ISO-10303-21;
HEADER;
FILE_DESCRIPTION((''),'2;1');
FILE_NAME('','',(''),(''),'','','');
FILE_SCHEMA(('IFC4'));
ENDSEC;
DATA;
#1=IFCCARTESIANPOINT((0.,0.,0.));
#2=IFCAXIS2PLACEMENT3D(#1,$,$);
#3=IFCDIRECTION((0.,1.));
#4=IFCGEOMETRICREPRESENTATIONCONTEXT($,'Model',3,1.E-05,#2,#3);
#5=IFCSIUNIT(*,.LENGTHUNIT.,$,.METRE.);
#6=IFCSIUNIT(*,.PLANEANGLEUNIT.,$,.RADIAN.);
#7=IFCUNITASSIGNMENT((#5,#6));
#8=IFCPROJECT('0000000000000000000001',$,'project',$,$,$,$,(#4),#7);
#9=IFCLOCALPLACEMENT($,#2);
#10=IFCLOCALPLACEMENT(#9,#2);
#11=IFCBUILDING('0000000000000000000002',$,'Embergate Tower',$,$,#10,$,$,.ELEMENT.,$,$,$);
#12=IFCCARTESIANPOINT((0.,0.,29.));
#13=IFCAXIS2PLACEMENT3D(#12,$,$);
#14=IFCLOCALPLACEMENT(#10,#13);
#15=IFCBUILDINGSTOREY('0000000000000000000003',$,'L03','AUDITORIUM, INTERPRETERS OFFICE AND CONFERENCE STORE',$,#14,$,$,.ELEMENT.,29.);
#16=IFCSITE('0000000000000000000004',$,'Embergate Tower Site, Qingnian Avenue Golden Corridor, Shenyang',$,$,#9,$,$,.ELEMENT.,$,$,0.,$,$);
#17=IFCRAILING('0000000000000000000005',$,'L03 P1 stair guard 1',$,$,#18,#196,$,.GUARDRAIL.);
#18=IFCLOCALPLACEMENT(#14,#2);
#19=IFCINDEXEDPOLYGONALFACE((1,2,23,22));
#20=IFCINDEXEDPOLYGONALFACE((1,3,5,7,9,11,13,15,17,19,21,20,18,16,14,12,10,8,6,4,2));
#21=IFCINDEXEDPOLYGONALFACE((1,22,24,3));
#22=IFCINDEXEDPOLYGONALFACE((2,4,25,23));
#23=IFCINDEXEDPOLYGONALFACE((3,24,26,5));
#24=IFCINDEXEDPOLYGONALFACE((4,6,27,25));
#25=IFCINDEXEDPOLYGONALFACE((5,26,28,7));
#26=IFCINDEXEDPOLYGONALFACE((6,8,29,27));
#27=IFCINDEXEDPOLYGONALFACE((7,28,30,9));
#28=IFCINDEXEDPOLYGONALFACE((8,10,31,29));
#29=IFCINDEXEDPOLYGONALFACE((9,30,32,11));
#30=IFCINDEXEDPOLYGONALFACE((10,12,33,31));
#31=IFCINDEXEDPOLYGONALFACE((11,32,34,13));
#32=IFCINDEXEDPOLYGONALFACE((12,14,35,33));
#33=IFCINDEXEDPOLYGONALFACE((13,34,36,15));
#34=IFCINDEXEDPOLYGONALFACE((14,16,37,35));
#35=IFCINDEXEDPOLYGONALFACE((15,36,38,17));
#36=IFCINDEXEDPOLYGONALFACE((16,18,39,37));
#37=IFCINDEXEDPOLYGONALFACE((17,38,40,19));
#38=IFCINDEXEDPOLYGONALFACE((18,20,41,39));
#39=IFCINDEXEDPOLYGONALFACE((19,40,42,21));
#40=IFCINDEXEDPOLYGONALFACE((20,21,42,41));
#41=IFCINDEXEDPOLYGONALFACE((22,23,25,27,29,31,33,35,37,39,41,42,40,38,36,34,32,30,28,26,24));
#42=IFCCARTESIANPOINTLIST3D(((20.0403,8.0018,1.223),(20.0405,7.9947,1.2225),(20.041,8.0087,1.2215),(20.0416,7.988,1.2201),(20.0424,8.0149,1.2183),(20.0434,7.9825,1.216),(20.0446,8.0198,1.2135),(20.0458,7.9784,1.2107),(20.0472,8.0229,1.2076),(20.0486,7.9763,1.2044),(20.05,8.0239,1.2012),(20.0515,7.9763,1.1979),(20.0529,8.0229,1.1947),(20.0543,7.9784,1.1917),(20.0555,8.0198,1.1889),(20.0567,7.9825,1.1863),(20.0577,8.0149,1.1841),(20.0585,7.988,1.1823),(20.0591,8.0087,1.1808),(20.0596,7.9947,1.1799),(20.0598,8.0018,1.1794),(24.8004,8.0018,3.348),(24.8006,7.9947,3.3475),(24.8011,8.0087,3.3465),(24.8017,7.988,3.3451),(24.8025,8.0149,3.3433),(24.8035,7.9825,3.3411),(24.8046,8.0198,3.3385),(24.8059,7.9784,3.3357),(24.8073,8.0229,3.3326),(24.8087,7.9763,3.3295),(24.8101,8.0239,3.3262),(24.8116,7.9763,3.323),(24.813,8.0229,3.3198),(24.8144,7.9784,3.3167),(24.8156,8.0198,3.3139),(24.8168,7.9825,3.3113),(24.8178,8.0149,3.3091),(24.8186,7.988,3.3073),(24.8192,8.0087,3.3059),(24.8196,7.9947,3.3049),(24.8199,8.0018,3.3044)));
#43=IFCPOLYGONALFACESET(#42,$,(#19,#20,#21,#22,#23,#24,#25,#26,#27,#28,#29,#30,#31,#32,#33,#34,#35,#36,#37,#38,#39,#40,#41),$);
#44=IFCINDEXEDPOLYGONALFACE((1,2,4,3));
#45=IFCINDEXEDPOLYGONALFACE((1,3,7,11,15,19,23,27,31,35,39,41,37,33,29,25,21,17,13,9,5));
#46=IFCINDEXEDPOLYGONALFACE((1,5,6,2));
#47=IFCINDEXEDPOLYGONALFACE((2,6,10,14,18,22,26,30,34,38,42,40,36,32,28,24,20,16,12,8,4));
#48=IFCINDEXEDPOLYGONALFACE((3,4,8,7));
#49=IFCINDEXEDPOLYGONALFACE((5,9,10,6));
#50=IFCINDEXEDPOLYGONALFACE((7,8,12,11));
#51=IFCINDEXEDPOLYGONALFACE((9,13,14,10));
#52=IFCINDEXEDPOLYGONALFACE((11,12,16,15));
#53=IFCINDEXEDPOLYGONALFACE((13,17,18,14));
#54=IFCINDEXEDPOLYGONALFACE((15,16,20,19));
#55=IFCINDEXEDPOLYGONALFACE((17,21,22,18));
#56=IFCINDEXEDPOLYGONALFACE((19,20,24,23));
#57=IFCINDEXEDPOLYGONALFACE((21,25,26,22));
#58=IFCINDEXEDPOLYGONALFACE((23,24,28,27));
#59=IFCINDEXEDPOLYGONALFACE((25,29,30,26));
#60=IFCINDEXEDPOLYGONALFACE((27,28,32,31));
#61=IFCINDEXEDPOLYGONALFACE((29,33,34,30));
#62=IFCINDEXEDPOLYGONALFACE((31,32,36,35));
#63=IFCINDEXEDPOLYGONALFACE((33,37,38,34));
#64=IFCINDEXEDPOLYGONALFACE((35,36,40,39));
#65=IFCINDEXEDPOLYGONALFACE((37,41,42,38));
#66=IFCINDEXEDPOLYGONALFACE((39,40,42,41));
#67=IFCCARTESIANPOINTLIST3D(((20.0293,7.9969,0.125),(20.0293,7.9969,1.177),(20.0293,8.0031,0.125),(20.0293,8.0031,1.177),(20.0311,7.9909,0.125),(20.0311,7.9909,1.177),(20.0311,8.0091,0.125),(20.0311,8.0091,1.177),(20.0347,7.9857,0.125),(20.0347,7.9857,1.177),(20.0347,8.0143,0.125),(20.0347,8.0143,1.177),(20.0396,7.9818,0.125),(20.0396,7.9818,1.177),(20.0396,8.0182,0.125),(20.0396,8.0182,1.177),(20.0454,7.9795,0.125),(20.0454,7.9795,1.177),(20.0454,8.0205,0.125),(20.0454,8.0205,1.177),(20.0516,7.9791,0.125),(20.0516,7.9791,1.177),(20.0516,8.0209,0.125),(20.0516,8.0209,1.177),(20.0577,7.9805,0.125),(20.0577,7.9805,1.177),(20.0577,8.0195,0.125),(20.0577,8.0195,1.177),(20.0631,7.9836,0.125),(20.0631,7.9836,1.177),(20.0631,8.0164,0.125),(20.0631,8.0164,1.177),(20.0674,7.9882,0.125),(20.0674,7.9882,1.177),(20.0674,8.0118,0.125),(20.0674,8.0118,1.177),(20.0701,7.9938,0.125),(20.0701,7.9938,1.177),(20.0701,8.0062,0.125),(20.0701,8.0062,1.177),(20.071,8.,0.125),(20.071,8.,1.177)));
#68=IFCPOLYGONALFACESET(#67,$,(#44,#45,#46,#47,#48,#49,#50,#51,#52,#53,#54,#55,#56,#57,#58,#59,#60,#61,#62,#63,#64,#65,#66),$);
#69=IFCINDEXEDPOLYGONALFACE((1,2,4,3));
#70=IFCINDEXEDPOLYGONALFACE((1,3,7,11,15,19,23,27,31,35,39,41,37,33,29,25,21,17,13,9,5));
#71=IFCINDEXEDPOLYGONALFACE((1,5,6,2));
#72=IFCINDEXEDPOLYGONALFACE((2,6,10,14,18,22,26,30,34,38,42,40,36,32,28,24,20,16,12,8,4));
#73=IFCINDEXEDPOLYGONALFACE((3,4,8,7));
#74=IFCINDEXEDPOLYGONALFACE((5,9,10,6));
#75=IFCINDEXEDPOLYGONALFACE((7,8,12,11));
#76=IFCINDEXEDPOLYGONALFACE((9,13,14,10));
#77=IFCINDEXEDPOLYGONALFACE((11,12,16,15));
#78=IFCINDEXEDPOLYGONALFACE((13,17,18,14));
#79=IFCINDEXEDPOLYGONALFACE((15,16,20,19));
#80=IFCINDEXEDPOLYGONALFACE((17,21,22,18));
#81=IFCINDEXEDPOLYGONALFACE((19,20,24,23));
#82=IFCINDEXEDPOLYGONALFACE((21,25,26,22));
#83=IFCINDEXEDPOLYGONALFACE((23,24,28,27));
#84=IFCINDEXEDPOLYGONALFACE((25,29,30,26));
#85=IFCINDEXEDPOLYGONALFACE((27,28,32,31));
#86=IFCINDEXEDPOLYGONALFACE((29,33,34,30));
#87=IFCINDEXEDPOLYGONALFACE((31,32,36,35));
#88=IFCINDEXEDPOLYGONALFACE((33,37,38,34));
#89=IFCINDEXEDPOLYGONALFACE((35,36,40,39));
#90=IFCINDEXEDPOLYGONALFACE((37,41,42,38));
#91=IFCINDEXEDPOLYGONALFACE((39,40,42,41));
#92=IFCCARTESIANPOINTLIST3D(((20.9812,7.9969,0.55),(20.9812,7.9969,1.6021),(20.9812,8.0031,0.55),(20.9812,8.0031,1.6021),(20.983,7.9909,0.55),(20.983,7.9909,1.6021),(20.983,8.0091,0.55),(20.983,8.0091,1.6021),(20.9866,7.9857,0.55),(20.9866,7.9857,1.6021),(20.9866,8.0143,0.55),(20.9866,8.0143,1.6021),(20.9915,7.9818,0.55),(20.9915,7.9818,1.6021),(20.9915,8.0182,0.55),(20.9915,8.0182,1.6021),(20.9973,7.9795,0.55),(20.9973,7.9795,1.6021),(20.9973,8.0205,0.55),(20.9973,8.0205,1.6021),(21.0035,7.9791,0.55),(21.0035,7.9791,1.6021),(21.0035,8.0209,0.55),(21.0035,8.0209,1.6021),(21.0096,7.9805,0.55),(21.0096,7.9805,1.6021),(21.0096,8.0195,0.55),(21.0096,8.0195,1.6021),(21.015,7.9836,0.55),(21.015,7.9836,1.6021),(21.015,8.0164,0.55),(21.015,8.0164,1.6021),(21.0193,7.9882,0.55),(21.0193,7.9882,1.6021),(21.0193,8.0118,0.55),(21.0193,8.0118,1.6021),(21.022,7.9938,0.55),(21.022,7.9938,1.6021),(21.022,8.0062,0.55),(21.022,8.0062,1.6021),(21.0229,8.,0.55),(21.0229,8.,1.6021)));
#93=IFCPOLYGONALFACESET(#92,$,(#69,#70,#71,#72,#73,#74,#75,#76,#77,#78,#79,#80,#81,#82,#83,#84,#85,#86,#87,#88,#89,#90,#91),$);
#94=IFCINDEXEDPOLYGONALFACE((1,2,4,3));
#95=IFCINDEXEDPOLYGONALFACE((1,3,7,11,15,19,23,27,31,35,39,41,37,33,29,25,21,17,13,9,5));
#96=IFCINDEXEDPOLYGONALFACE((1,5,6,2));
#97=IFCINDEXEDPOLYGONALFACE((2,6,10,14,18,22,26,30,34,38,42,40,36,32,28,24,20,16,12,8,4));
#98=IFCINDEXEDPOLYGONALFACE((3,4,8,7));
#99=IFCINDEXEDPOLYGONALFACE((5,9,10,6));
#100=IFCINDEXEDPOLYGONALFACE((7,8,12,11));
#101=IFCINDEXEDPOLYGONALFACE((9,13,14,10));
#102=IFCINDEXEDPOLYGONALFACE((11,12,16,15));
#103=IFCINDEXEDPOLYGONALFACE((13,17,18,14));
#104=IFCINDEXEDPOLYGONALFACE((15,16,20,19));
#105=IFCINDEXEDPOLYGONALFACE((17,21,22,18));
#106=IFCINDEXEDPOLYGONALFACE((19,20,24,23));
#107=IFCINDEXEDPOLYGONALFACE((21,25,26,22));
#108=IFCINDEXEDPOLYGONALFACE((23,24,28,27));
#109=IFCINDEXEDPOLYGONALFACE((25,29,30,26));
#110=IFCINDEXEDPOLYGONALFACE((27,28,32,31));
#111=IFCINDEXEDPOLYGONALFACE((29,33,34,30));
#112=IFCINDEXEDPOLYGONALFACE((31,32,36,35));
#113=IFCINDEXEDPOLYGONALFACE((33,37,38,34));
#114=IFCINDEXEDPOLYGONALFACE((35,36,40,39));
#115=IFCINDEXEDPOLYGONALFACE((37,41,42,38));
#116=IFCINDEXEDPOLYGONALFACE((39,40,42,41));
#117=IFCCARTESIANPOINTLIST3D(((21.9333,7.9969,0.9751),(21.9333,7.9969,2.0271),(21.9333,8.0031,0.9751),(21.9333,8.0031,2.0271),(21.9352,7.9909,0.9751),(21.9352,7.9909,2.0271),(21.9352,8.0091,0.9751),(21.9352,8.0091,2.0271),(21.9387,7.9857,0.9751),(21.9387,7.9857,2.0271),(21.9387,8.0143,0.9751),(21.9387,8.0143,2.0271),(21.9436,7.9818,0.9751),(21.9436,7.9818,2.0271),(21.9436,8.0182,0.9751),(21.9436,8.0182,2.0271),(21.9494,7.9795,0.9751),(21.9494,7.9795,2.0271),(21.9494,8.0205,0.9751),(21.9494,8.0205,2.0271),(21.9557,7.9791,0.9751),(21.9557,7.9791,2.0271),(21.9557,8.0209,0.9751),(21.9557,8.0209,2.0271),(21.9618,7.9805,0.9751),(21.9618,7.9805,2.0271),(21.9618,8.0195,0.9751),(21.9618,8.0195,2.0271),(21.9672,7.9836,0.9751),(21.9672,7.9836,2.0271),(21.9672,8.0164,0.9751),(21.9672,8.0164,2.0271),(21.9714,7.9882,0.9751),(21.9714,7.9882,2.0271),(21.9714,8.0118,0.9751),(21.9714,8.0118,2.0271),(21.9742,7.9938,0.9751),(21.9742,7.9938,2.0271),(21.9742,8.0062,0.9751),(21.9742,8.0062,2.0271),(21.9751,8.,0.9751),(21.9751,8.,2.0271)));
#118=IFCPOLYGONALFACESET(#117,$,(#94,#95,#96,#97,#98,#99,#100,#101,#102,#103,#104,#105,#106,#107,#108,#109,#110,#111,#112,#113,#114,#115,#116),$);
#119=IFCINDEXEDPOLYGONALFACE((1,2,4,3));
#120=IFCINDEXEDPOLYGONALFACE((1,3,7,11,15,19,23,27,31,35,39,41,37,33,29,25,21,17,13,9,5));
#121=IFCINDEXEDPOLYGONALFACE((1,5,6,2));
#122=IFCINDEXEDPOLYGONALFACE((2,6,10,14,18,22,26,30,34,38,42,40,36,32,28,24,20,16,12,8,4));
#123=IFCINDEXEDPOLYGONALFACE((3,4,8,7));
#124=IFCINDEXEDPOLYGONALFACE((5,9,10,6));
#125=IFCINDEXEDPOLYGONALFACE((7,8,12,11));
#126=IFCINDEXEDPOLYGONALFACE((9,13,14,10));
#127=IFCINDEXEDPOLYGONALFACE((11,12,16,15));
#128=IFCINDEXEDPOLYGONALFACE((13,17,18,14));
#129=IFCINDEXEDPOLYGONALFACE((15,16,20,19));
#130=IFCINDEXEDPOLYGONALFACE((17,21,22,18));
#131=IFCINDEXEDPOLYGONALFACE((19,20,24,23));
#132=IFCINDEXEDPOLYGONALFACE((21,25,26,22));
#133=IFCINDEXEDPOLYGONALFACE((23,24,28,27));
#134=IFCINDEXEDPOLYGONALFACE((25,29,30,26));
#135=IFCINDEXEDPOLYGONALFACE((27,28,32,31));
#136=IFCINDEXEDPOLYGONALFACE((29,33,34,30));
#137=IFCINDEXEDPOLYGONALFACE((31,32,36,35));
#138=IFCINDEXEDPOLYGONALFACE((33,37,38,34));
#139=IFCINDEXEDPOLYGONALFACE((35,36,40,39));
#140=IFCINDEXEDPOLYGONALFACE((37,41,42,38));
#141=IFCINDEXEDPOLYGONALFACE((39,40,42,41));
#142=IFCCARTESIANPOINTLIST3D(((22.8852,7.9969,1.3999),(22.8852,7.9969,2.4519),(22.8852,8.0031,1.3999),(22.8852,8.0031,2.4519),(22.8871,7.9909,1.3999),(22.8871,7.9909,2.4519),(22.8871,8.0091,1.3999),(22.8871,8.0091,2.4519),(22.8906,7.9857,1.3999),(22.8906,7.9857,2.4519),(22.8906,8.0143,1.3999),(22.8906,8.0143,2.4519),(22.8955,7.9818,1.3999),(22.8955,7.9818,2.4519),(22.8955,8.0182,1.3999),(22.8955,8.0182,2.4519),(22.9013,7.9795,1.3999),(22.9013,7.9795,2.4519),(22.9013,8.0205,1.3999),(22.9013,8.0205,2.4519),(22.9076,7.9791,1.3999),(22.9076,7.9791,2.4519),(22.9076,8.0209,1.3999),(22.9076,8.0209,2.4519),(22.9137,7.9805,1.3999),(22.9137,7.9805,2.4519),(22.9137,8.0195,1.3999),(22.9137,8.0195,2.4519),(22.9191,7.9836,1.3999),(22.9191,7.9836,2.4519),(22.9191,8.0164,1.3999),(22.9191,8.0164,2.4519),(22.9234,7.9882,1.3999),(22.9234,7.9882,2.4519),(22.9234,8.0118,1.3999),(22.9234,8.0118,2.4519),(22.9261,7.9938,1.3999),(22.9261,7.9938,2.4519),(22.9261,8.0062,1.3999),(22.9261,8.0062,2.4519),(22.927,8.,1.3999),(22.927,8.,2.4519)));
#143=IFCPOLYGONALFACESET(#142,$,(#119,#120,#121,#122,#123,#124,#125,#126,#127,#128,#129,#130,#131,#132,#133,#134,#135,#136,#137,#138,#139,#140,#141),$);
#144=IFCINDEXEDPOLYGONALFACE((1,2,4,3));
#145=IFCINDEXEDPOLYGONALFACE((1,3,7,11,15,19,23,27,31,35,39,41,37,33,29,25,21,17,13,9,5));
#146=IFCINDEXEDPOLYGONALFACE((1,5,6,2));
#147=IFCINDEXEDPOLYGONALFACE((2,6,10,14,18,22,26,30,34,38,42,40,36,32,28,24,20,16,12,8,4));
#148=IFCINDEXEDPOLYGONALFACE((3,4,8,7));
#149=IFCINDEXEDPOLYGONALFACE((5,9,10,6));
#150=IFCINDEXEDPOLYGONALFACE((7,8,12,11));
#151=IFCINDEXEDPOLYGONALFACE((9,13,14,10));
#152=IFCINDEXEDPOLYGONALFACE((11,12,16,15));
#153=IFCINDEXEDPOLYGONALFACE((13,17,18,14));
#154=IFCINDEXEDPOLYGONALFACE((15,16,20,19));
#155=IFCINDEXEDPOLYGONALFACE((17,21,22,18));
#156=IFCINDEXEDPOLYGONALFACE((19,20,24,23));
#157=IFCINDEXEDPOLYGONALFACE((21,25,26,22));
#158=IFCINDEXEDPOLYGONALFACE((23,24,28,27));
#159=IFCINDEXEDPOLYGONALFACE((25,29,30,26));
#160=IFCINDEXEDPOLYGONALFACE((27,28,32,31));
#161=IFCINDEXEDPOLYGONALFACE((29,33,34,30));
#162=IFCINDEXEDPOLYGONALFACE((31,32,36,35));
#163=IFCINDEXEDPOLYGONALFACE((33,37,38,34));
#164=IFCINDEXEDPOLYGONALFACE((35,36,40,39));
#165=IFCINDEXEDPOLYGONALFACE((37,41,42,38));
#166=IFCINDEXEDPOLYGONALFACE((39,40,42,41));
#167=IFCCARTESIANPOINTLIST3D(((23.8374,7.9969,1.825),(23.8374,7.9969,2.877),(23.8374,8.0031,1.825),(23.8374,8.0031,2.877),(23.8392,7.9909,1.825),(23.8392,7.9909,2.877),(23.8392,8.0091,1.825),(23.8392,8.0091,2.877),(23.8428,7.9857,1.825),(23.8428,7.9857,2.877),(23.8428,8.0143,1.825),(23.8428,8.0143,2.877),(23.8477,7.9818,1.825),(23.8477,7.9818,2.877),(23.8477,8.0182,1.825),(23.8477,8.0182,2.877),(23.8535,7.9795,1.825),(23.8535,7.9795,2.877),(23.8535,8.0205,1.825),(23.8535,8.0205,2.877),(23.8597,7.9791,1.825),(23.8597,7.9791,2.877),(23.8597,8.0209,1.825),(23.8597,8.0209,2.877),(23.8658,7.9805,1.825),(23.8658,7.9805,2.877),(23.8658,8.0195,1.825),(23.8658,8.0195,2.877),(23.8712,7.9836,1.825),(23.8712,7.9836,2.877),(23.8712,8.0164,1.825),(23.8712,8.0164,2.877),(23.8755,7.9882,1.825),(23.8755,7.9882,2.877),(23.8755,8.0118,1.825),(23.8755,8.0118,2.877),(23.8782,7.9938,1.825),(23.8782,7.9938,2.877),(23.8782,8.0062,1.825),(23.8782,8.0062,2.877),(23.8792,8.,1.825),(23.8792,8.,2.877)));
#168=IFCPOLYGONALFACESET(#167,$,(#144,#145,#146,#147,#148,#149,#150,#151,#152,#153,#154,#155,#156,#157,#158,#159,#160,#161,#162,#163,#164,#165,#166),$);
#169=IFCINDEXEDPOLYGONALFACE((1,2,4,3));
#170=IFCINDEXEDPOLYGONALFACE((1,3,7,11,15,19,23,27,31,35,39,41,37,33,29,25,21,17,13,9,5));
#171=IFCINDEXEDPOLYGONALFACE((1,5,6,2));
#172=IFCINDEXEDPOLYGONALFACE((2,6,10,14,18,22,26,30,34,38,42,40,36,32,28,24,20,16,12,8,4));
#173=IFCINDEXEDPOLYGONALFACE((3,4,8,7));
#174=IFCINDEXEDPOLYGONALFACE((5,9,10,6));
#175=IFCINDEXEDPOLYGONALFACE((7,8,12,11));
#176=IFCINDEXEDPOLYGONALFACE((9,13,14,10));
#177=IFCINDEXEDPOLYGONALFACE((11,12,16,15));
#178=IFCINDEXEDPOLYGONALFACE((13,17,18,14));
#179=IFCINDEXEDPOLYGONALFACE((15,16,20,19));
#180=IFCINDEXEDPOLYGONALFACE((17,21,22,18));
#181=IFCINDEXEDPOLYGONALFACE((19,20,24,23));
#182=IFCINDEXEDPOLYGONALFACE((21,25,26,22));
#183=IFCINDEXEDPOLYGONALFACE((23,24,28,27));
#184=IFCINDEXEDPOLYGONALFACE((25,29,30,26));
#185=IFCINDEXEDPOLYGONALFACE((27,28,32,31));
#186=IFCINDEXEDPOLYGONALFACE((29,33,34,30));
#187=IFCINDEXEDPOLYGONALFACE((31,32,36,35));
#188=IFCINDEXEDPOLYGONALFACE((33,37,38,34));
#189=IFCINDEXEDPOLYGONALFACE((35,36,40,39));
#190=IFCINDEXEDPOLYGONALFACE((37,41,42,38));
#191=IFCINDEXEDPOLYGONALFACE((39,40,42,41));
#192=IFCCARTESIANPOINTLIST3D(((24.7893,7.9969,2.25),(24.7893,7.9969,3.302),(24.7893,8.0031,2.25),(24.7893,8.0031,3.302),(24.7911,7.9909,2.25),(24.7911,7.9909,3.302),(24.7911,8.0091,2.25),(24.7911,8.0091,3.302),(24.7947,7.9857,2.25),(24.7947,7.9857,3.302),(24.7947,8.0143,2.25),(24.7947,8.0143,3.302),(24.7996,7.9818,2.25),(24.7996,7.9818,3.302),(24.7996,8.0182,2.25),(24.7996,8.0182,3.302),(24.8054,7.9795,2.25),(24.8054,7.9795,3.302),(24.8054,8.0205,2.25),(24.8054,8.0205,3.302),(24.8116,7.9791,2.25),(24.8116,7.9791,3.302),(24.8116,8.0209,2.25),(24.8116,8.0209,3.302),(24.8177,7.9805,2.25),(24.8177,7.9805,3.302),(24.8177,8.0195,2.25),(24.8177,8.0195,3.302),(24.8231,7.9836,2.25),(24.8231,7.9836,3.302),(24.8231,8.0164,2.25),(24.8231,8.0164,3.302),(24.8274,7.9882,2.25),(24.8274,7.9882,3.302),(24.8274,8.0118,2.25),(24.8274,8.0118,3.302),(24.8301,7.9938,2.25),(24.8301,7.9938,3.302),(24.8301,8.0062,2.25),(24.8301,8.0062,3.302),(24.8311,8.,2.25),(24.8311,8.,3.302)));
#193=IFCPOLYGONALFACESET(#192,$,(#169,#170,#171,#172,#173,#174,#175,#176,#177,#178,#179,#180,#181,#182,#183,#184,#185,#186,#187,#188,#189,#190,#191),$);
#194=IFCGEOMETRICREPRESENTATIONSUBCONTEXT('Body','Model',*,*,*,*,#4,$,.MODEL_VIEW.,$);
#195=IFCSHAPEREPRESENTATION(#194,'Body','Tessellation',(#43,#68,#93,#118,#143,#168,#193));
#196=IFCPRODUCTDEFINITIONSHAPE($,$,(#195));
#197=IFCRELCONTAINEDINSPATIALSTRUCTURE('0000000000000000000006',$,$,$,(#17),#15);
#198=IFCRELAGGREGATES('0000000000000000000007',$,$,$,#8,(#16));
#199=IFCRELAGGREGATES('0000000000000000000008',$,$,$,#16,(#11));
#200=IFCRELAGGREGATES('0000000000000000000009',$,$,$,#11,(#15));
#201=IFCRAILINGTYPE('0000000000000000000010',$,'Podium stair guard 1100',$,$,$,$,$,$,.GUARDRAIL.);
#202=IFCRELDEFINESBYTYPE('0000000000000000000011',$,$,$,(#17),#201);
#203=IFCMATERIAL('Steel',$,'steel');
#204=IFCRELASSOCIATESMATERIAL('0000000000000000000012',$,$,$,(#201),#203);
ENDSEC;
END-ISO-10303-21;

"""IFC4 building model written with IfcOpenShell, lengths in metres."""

from ifc_helpers import new_model, si_unit, direction, frame, origin, origin_2d, place, context, subcontext, project, spatial, circle, extrude, source, transform, mapped, material, type_object, element, save


model = new_model("IFC4")

# Units and contexts
model_context = context("Model", 3, precision=1e-05, world=origin(), true_north=direction((0.0, 1.0)))
body_context = subcontext(model_context, "Body", "Model", "MODEL_VIEW")
ifc_project = project(units=[si_unit("LENGTHUNIT", "METRE"), si_unit("PLANEANGLEUNIT", "RADIAN")], contexts=[model_context])

# Site, building, storey
site_placement = place(None, origin())
site = spatial("IfcSite", under=ifc_project, at=site_placement, Name="Embergate Tower Site, Qingnian Avenue Golden Corridor, Shenyang", CompositionType="ELEMENT", RefElevation=0.0)
building_placement = place(site_placement, origin())
building = spatial("IfcBuilding", under=site, at=building_placement, Name="Embergate Tower", CompositionType="ELEMENT")
storey_placement = place(building_placement, frame((0.0, 0.0, 29.0)))
storey = spatial("IfcBuildingStorey", under=building, at=storey_placement, Name="L03", Description="AUDITORIUM, INTERPRETERS OFFICE AND CONFERENCE STORE", CompositionType="ELEMENT", Elevation=29.0)

# Railing
ifc_material_1 = material(Name="Steel", Category="steel")
railing_type_1 = type_object("IfcRailingType", Name="Podium stair guard 1100", PredefinedType="GUARDRAIL", material=ifc_material_1)
shared_shape_1 = source(origin(), body_context, "Body", "SweptSolid", [
    extrude(circle(Radius=0.0239, at=origin_2d()), frame((0.0, 0.0, 1.0762), z_axis=(0.913138, 0.0, 0.40765), x_axis=(0.0, 1.0, 0.0)), (0.0, 0.0, 1.0), 5.2129),
    extrude(circle(Radius=0.021, at=origin_2d()), origin(), (0.0, 0.0, 1.0), 1.052),
    extrude(circle(Radius=0.021, at=origin_2d()), frame((0.9519, 0.0, 0.425)), (0.0, 0.0, 1.0), 1.052),
    extrude(circle(Radius=0.021, at=origin_2d()), frame((1.9041, 0.0, 0.8501)), (0.0, 0.0, 1.0), 1.052),
    extrude(circle(Radius=0.021, at=origin_2d()), frame((2.856, 0.0, 1.2749)), (0.0, 0.0, 1.0), 1.052),
    extrude(circle(Radius=0.021, at=origin_2d()), frame((3.8081, 0.0, 1.7)), (0.0, 0.0, 1.0), 1.052),
    extrude(circle(Radius=0.021, at=origin_2d()), frame((4.76, 0.0, 2.125)), (0.0, 0.0, 1.0), 1.052),
])
railing_1_placement = place(storey_placement, frame((20.05, 8.0, 0.125)))
element("IfcRailing", 1, at=railing_1_placement, inside=storey, type_object=railing_type_1, Name="L03 P1 stair guard 1", PredefinedType="GUARDRAIL", context=body_context, shape_type="MappedRepresentation", body=[
    mapped(shared_shape_1, transform((0.0, 0.0, 0.0))),
])

save(model, "model.ifc")
